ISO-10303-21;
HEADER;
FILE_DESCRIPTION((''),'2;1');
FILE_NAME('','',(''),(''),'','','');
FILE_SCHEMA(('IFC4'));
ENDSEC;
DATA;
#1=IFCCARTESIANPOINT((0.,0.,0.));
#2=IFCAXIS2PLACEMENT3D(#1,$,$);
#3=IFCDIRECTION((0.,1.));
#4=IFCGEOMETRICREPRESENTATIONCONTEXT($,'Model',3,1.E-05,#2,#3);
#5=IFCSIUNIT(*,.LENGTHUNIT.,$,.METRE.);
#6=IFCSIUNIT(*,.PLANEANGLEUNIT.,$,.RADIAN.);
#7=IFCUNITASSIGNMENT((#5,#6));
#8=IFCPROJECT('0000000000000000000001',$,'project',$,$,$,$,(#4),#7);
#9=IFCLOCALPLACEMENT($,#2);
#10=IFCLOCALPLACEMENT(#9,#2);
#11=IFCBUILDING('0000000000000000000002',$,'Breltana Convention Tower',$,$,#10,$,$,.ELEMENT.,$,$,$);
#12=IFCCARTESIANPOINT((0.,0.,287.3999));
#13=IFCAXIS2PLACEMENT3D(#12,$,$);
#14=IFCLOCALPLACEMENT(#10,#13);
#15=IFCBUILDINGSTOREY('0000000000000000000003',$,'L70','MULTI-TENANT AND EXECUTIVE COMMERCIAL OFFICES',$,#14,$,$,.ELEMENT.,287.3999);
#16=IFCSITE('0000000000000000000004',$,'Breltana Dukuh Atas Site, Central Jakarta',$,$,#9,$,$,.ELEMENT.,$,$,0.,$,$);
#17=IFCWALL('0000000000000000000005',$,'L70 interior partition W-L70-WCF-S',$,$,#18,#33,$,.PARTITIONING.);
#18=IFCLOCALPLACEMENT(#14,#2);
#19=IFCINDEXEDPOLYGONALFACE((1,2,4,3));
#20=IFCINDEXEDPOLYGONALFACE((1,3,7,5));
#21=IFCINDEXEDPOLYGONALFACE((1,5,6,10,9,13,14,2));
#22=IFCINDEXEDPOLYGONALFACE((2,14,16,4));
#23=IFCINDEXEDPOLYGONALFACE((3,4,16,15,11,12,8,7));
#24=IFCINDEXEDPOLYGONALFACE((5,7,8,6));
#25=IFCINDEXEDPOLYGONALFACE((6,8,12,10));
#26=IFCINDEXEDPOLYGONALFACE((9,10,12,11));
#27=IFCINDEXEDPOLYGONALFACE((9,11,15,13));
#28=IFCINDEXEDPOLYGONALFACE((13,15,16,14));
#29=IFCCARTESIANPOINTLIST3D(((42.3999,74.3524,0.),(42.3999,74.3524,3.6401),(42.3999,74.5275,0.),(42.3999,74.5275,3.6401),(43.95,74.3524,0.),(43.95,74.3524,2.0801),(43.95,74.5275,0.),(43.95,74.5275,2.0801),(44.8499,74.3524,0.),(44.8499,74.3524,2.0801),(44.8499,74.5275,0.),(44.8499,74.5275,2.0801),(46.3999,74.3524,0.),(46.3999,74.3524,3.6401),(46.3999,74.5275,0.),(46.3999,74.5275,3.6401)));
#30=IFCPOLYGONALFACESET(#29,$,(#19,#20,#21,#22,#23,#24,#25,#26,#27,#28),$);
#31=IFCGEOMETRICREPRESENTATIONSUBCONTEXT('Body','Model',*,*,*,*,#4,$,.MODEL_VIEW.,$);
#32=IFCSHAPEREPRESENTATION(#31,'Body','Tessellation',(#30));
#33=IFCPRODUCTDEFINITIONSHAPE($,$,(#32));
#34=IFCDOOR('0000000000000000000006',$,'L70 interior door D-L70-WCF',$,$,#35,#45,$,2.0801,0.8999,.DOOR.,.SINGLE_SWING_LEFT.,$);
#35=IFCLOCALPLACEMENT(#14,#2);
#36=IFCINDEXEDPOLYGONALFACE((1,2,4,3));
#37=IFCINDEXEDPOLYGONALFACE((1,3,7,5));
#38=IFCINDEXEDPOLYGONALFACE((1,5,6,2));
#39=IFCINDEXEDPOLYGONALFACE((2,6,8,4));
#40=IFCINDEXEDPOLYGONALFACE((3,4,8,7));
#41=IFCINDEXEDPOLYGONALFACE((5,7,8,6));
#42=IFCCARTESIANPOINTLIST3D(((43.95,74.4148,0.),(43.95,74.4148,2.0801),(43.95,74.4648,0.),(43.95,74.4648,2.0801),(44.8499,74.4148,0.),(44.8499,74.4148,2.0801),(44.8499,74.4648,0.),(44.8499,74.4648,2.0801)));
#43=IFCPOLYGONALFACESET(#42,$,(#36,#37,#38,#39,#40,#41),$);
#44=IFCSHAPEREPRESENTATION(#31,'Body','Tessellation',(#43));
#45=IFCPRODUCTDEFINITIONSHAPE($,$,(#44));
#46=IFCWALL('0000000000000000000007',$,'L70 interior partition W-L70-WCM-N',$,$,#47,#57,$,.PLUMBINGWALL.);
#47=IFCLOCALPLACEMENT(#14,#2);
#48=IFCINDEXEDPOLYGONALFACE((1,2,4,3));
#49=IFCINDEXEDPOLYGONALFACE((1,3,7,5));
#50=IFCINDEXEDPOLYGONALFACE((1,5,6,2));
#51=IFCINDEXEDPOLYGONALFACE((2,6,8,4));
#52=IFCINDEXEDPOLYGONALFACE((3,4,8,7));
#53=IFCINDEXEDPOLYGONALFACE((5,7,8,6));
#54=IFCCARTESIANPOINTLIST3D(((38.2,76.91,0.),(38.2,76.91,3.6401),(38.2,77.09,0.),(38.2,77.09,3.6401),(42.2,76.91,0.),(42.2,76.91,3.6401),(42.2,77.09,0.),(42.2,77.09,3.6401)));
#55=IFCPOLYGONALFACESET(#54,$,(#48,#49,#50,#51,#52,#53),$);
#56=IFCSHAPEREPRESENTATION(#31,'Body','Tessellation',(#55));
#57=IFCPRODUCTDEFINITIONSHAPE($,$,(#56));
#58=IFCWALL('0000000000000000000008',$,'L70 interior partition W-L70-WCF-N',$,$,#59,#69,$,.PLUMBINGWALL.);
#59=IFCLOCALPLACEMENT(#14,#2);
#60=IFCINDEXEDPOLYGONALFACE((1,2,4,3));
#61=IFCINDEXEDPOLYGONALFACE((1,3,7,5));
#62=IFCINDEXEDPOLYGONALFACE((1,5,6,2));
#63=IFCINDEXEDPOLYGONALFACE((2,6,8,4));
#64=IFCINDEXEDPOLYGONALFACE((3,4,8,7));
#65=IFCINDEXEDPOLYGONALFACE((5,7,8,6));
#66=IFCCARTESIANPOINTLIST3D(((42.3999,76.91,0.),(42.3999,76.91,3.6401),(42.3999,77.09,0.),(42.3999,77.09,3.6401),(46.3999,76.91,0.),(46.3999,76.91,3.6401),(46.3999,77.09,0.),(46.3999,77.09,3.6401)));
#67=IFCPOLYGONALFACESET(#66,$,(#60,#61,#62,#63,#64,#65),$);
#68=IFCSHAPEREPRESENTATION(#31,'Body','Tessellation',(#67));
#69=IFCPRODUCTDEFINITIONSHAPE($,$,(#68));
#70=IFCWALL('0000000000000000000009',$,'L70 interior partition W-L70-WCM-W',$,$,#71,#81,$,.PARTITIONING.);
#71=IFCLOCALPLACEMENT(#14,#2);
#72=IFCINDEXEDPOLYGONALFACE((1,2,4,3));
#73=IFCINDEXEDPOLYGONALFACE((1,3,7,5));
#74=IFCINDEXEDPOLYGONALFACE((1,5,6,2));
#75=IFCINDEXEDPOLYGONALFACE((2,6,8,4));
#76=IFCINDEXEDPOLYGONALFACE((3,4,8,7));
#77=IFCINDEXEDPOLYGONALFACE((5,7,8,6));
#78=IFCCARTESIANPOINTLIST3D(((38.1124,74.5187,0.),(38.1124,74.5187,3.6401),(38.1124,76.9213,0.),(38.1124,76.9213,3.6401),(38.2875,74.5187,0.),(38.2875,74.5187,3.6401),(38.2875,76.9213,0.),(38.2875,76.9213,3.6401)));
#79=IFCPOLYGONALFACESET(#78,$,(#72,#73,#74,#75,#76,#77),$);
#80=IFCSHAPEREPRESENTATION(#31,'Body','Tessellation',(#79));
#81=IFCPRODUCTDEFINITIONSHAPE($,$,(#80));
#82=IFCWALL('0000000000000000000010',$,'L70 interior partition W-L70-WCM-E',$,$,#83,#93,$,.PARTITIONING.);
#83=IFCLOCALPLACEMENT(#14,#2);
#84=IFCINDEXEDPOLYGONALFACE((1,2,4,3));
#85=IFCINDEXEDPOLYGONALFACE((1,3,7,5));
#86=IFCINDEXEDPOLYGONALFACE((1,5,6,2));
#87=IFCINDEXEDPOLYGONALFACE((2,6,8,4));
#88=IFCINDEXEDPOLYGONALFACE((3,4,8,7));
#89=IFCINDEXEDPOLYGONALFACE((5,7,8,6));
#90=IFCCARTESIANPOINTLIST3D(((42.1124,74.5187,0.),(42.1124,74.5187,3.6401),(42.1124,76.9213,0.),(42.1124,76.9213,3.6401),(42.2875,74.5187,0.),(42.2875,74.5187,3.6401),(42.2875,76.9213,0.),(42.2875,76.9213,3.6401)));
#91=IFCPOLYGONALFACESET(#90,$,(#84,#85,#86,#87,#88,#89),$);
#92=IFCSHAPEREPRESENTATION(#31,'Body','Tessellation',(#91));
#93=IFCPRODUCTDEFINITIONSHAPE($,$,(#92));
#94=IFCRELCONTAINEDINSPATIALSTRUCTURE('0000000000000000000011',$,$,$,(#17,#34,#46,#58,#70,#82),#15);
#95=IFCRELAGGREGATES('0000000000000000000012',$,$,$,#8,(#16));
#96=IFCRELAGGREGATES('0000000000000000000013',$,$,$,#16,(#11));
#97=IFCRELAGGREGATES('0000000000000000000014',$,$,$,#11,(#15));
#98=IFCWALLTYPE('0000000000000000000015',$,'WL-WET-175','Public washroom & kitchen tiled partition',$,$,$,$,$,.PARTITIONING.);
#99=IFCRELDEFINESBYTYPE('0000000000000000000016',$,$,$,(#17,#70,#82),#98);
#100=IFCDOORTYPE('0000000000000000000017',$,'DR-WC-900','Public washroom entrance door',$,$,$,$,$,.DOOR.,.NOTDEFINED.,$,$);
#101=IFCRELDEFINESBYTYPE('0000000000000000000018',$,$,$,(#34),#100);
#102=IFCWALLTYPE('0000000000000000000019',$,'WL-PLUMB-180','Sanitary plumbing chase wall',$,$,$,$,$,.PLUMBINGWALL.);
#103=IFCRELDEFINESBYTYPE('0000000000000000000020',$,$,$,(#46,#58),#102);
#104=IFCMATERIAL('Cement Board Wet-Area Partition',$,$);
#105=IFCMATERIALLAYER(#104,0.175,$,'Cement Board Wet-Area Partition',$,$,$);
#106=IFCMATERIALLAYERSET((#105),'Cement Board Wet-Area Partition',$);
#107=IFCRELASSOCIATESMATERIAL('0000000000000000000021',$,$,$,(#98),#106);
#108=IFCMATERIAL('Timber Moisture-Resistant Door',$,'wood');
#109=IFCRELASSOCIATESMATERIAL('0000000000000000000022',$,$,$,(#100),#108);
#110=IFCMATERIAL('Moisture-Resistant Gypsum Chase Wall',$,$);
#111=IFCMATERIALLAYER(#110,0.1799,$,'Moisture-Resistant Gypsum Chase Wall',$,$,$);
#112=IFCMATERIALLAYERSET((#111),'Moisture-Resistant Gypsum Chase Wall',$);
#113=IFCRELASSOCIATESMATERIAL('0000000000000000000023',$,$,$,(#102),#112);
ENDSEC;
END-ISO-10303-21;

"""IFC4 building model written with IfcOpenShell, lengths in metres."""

from ifc_helpers import new_model, si_unit, direction, frame, frame_2d, origin, place, context, subcontext, project, spatial, rectangle, extrude, source, transform, mapped, material, layer, layer_set, type_object, type_shapes, element, fill, save


model = new_model("IFC4")

# Units and contexts
model_context = context("Model", 3, precision=1e-05, world=origin(), true_north=direction((0.0, 1.0)))
body_context = subcontext(model_context, "Body", "Model", "MODEL_VIEW")
ifc_project = project(units=[si_unit("LENGTHUNIT", "METRE"), si_unit("PLANEANGLEUNIT", "RADIAN")], contexts=[model_context])

# Site, building, storey
site_placement = place(None, origin())
site = spatial("IfcSite", under=ifc_project, at=site_placement, Name="Breltana Dukuh Atas Site, Central Jakarta", CompositionType="ELEMENT", RefElevation=0.0)
building_placement = place(site_placement, origin())
building = spatial("IfcBuilding", under=site, at=building_placement, Name="Breltana Convention Tower", CompositionType="ELEMENT")
storey_placement = place(building_placement, frame((0.0, 0.0, 287.3999)))
storey = spatial("IfcBuildingStorey", under=building, at=storey_placement, Name="L70", Description="MULTI-TENANT AND EXECUTIVE COMMERCIAL OFFICES", CompositionType="ELEMENT", Elevation=287.3999)

# Wall, opening, door
ifc_material_1 = material(Name="Cement Board Wet-Area Partition")
ifc_layer_1 = layer(ifc_material_1, 0.175, Name="Cement Board Wet-Area Partition")
ifc_layer_set_1 = layer_set([ifc_layer_1], Name="Cement Board Wet-Area Partition")
wall_type_1 = type_object("IfcWallType", Name="WL-WET-175", Description="Public washroom & kitchen tiled partition", PredefinedType="PARTITIONING", material=ifc_layer_set_1)
shared_shape_1 = source(origin(), body_context, "Body", "SweptSolid", [
    extrude(rectangle(XDim=4.0, YDim=0.175, at=frame_2d((2.0, 0.0))), origin(), (0.0, 0.0, 1.0), 3.6401),
])
ifc_material_2 = material(Name="Timber Moisture-Resistant Door", Category="wood")
door_type_1 = type_object("IfcDoorType", Name="DR-WC-900", Description="Public washroom entrance door", OperationType="NOTDEFINED", PredefinedType="DOOR", material=ifc_material_2)
shared_shape_2 = source(origin(), body_context, "Body", "SweptSolid", [
    extrude(rectangle(XDim=0.8999, YDim=2.0801, at=frame_2d((0.45, 1.04))), frame((0.0, 0.0249, 0.0), z_axis=(0.0, -1.0, 0.0), x_axis=(1.0, 0.0, 0.0)), (0.0, 0.0, 1.0), 0.05),
])
type_shapes(door_type_1, [shared_shape_2])
wall_1_placement = place(storey_placement, frame((42.3999, 74.4399, 0.0), z_axis=(0.0, 0.0, 1.0), x_axis=(1.0, 0.0, 0.0)))
wall_1 = element("IfcWall", 1, at=wall_1_placement, inside=storey, type_object=wall_type_1, Name="L70 interior partition W-L70-WCF-S", PredefinedType="PARTITIONING", context=body_context, shape_type="MappedRepresentation", body=[
    mapped(shared_shape_1, transform((0.0, 0.0, 0.0), scale=1.0)),
])
opening_1_placement = place(wall_1_placement, frame((1.55, 0.0, 0.0)))
opening_1 = element("IfcOpeningElement", 2, at=opening_1_placement, cuts=wall_1, PredefinedType="OPENING", context=body_context, shape_type="SweptSolid", body=[
    extrude(rectangle(XDim=0.8999, YDim=2.0801, at=frame_2d((0.45, 1.04))), frame((0.0, 0.0977, 0.0), z_axis=(0.0, -1.0, 0.0), x_axis=(1.0, 0.0, 0.0)), (0.0, 0.0, 1.0), 0.1951),
])
door_1_placement = place(opening_1_placement, origin())
door_1 = element("IfcDoor", 3, at=door_1_placement, inside=storey, type_object=door_type_1, Name="L70 interior door D-L70-WCF", OperationType="SINGLE_SWING_LEFT", OverallHeight=2.0801, OverallWidth=0.8999, PredefinedType="DOOR", context=body_context, shape_type="MappedRepresentation", body=[
    mapped(shared_shape_2, transform((0.0, 0.0, 0.0), scale=1.0)),
])
fill(opening_1, door_1)

# Walls
ifc_material_3 = material(Name="Moisture-Resistant Gypsum Chase Wall")
ifc_layer_2 = layer(ifc_material_3, 0.1799, Name="Moisture-Resistant Gypsum Chase Wall")
ifc_layer_set_2 = layer_set([ifc_layer_2], Name="Moisture-Resistant Gypsum Chase Wall")
wall_type_2 = type_object("IfcWallType", Name="WL-PLUMB-180", Description="Sanitary plumbing chase wall", PredefinedType="PLUMBINGWALL", material=ifc_layer_set_2)
shared_shape_3 = source(origin(), body_context, "Body", "SweptSolid", [
    extrude(rectangle(XDim=4.0, YDim=0.1799, at=frame_2d((2.0, 0.0))), origin(), (0.0, 0.0, 1.0), 3.6401),
])
for number, where, z_axis, x_axis, name in (
    (4, (38.2, 77.0, 0.0), (0.0, 0.0, 1.0), (1.0, 0.0, 0.0), "L70 interior partition W-L70-WCM-N"),
    (5, (42.3999, 77.0, 0.0), (0.0, 0.0, 1.0), (1.0, 0.0, 0.0), "L70 interior partition W-L70-WCF-N"),
):
    element("IfcWall", number, at=place(storey_placement, frame(where, z_axis=z_axis, x_axis=x_axis)), inside=storey, type_object=wall_type_2, Name=name, PredefinedType="PLUMBINGWALL", context=body_context, shape_type="MappedRepresentation", body=[
        mapped(shared_shape_3, transform((0.0, 0.0, 0.0), scale=1.0)),
    ])
shared_shape_4 = source(origin(), body_context, "Body", "SweptSolid", [
    extrude(rectangle(XDim=2.4026, YDim=0.175, at=frame_2d((1.2012, 0.0))), origin(), (0.0, 0.0, 1.0), 3.6401),
])
for number, where, z_axis, x_axis, name in (
    (6, (38.2, 74.5188, 0.0), (0.0, 0.0, 1.0), (0.0, 1.0, 0.0), "L70 interior partition W-L70-WCM-W"),
    (7, (42.2, 74.5188, 0.0), (0.0, 0.0, 1.0), (0.0, 1.0, 0.0), "L70 interior partition W-L70-WCM-E"),
):
    element("IfcWall", number, at=place(storey_placement, frame(where, z_axis=z_axis, x_axis=x_axis)), inside=storey, type_object=wall_type_1, Name=name, PredefinedType="PARTITIONING", context=body_context, shape_type="MappedRepresentation", body=[
        mapped(shared_shape_4, transform((0.0, 0.0, 0.0), scale=1.0)),
    ])

save(model, "model.ifc")
